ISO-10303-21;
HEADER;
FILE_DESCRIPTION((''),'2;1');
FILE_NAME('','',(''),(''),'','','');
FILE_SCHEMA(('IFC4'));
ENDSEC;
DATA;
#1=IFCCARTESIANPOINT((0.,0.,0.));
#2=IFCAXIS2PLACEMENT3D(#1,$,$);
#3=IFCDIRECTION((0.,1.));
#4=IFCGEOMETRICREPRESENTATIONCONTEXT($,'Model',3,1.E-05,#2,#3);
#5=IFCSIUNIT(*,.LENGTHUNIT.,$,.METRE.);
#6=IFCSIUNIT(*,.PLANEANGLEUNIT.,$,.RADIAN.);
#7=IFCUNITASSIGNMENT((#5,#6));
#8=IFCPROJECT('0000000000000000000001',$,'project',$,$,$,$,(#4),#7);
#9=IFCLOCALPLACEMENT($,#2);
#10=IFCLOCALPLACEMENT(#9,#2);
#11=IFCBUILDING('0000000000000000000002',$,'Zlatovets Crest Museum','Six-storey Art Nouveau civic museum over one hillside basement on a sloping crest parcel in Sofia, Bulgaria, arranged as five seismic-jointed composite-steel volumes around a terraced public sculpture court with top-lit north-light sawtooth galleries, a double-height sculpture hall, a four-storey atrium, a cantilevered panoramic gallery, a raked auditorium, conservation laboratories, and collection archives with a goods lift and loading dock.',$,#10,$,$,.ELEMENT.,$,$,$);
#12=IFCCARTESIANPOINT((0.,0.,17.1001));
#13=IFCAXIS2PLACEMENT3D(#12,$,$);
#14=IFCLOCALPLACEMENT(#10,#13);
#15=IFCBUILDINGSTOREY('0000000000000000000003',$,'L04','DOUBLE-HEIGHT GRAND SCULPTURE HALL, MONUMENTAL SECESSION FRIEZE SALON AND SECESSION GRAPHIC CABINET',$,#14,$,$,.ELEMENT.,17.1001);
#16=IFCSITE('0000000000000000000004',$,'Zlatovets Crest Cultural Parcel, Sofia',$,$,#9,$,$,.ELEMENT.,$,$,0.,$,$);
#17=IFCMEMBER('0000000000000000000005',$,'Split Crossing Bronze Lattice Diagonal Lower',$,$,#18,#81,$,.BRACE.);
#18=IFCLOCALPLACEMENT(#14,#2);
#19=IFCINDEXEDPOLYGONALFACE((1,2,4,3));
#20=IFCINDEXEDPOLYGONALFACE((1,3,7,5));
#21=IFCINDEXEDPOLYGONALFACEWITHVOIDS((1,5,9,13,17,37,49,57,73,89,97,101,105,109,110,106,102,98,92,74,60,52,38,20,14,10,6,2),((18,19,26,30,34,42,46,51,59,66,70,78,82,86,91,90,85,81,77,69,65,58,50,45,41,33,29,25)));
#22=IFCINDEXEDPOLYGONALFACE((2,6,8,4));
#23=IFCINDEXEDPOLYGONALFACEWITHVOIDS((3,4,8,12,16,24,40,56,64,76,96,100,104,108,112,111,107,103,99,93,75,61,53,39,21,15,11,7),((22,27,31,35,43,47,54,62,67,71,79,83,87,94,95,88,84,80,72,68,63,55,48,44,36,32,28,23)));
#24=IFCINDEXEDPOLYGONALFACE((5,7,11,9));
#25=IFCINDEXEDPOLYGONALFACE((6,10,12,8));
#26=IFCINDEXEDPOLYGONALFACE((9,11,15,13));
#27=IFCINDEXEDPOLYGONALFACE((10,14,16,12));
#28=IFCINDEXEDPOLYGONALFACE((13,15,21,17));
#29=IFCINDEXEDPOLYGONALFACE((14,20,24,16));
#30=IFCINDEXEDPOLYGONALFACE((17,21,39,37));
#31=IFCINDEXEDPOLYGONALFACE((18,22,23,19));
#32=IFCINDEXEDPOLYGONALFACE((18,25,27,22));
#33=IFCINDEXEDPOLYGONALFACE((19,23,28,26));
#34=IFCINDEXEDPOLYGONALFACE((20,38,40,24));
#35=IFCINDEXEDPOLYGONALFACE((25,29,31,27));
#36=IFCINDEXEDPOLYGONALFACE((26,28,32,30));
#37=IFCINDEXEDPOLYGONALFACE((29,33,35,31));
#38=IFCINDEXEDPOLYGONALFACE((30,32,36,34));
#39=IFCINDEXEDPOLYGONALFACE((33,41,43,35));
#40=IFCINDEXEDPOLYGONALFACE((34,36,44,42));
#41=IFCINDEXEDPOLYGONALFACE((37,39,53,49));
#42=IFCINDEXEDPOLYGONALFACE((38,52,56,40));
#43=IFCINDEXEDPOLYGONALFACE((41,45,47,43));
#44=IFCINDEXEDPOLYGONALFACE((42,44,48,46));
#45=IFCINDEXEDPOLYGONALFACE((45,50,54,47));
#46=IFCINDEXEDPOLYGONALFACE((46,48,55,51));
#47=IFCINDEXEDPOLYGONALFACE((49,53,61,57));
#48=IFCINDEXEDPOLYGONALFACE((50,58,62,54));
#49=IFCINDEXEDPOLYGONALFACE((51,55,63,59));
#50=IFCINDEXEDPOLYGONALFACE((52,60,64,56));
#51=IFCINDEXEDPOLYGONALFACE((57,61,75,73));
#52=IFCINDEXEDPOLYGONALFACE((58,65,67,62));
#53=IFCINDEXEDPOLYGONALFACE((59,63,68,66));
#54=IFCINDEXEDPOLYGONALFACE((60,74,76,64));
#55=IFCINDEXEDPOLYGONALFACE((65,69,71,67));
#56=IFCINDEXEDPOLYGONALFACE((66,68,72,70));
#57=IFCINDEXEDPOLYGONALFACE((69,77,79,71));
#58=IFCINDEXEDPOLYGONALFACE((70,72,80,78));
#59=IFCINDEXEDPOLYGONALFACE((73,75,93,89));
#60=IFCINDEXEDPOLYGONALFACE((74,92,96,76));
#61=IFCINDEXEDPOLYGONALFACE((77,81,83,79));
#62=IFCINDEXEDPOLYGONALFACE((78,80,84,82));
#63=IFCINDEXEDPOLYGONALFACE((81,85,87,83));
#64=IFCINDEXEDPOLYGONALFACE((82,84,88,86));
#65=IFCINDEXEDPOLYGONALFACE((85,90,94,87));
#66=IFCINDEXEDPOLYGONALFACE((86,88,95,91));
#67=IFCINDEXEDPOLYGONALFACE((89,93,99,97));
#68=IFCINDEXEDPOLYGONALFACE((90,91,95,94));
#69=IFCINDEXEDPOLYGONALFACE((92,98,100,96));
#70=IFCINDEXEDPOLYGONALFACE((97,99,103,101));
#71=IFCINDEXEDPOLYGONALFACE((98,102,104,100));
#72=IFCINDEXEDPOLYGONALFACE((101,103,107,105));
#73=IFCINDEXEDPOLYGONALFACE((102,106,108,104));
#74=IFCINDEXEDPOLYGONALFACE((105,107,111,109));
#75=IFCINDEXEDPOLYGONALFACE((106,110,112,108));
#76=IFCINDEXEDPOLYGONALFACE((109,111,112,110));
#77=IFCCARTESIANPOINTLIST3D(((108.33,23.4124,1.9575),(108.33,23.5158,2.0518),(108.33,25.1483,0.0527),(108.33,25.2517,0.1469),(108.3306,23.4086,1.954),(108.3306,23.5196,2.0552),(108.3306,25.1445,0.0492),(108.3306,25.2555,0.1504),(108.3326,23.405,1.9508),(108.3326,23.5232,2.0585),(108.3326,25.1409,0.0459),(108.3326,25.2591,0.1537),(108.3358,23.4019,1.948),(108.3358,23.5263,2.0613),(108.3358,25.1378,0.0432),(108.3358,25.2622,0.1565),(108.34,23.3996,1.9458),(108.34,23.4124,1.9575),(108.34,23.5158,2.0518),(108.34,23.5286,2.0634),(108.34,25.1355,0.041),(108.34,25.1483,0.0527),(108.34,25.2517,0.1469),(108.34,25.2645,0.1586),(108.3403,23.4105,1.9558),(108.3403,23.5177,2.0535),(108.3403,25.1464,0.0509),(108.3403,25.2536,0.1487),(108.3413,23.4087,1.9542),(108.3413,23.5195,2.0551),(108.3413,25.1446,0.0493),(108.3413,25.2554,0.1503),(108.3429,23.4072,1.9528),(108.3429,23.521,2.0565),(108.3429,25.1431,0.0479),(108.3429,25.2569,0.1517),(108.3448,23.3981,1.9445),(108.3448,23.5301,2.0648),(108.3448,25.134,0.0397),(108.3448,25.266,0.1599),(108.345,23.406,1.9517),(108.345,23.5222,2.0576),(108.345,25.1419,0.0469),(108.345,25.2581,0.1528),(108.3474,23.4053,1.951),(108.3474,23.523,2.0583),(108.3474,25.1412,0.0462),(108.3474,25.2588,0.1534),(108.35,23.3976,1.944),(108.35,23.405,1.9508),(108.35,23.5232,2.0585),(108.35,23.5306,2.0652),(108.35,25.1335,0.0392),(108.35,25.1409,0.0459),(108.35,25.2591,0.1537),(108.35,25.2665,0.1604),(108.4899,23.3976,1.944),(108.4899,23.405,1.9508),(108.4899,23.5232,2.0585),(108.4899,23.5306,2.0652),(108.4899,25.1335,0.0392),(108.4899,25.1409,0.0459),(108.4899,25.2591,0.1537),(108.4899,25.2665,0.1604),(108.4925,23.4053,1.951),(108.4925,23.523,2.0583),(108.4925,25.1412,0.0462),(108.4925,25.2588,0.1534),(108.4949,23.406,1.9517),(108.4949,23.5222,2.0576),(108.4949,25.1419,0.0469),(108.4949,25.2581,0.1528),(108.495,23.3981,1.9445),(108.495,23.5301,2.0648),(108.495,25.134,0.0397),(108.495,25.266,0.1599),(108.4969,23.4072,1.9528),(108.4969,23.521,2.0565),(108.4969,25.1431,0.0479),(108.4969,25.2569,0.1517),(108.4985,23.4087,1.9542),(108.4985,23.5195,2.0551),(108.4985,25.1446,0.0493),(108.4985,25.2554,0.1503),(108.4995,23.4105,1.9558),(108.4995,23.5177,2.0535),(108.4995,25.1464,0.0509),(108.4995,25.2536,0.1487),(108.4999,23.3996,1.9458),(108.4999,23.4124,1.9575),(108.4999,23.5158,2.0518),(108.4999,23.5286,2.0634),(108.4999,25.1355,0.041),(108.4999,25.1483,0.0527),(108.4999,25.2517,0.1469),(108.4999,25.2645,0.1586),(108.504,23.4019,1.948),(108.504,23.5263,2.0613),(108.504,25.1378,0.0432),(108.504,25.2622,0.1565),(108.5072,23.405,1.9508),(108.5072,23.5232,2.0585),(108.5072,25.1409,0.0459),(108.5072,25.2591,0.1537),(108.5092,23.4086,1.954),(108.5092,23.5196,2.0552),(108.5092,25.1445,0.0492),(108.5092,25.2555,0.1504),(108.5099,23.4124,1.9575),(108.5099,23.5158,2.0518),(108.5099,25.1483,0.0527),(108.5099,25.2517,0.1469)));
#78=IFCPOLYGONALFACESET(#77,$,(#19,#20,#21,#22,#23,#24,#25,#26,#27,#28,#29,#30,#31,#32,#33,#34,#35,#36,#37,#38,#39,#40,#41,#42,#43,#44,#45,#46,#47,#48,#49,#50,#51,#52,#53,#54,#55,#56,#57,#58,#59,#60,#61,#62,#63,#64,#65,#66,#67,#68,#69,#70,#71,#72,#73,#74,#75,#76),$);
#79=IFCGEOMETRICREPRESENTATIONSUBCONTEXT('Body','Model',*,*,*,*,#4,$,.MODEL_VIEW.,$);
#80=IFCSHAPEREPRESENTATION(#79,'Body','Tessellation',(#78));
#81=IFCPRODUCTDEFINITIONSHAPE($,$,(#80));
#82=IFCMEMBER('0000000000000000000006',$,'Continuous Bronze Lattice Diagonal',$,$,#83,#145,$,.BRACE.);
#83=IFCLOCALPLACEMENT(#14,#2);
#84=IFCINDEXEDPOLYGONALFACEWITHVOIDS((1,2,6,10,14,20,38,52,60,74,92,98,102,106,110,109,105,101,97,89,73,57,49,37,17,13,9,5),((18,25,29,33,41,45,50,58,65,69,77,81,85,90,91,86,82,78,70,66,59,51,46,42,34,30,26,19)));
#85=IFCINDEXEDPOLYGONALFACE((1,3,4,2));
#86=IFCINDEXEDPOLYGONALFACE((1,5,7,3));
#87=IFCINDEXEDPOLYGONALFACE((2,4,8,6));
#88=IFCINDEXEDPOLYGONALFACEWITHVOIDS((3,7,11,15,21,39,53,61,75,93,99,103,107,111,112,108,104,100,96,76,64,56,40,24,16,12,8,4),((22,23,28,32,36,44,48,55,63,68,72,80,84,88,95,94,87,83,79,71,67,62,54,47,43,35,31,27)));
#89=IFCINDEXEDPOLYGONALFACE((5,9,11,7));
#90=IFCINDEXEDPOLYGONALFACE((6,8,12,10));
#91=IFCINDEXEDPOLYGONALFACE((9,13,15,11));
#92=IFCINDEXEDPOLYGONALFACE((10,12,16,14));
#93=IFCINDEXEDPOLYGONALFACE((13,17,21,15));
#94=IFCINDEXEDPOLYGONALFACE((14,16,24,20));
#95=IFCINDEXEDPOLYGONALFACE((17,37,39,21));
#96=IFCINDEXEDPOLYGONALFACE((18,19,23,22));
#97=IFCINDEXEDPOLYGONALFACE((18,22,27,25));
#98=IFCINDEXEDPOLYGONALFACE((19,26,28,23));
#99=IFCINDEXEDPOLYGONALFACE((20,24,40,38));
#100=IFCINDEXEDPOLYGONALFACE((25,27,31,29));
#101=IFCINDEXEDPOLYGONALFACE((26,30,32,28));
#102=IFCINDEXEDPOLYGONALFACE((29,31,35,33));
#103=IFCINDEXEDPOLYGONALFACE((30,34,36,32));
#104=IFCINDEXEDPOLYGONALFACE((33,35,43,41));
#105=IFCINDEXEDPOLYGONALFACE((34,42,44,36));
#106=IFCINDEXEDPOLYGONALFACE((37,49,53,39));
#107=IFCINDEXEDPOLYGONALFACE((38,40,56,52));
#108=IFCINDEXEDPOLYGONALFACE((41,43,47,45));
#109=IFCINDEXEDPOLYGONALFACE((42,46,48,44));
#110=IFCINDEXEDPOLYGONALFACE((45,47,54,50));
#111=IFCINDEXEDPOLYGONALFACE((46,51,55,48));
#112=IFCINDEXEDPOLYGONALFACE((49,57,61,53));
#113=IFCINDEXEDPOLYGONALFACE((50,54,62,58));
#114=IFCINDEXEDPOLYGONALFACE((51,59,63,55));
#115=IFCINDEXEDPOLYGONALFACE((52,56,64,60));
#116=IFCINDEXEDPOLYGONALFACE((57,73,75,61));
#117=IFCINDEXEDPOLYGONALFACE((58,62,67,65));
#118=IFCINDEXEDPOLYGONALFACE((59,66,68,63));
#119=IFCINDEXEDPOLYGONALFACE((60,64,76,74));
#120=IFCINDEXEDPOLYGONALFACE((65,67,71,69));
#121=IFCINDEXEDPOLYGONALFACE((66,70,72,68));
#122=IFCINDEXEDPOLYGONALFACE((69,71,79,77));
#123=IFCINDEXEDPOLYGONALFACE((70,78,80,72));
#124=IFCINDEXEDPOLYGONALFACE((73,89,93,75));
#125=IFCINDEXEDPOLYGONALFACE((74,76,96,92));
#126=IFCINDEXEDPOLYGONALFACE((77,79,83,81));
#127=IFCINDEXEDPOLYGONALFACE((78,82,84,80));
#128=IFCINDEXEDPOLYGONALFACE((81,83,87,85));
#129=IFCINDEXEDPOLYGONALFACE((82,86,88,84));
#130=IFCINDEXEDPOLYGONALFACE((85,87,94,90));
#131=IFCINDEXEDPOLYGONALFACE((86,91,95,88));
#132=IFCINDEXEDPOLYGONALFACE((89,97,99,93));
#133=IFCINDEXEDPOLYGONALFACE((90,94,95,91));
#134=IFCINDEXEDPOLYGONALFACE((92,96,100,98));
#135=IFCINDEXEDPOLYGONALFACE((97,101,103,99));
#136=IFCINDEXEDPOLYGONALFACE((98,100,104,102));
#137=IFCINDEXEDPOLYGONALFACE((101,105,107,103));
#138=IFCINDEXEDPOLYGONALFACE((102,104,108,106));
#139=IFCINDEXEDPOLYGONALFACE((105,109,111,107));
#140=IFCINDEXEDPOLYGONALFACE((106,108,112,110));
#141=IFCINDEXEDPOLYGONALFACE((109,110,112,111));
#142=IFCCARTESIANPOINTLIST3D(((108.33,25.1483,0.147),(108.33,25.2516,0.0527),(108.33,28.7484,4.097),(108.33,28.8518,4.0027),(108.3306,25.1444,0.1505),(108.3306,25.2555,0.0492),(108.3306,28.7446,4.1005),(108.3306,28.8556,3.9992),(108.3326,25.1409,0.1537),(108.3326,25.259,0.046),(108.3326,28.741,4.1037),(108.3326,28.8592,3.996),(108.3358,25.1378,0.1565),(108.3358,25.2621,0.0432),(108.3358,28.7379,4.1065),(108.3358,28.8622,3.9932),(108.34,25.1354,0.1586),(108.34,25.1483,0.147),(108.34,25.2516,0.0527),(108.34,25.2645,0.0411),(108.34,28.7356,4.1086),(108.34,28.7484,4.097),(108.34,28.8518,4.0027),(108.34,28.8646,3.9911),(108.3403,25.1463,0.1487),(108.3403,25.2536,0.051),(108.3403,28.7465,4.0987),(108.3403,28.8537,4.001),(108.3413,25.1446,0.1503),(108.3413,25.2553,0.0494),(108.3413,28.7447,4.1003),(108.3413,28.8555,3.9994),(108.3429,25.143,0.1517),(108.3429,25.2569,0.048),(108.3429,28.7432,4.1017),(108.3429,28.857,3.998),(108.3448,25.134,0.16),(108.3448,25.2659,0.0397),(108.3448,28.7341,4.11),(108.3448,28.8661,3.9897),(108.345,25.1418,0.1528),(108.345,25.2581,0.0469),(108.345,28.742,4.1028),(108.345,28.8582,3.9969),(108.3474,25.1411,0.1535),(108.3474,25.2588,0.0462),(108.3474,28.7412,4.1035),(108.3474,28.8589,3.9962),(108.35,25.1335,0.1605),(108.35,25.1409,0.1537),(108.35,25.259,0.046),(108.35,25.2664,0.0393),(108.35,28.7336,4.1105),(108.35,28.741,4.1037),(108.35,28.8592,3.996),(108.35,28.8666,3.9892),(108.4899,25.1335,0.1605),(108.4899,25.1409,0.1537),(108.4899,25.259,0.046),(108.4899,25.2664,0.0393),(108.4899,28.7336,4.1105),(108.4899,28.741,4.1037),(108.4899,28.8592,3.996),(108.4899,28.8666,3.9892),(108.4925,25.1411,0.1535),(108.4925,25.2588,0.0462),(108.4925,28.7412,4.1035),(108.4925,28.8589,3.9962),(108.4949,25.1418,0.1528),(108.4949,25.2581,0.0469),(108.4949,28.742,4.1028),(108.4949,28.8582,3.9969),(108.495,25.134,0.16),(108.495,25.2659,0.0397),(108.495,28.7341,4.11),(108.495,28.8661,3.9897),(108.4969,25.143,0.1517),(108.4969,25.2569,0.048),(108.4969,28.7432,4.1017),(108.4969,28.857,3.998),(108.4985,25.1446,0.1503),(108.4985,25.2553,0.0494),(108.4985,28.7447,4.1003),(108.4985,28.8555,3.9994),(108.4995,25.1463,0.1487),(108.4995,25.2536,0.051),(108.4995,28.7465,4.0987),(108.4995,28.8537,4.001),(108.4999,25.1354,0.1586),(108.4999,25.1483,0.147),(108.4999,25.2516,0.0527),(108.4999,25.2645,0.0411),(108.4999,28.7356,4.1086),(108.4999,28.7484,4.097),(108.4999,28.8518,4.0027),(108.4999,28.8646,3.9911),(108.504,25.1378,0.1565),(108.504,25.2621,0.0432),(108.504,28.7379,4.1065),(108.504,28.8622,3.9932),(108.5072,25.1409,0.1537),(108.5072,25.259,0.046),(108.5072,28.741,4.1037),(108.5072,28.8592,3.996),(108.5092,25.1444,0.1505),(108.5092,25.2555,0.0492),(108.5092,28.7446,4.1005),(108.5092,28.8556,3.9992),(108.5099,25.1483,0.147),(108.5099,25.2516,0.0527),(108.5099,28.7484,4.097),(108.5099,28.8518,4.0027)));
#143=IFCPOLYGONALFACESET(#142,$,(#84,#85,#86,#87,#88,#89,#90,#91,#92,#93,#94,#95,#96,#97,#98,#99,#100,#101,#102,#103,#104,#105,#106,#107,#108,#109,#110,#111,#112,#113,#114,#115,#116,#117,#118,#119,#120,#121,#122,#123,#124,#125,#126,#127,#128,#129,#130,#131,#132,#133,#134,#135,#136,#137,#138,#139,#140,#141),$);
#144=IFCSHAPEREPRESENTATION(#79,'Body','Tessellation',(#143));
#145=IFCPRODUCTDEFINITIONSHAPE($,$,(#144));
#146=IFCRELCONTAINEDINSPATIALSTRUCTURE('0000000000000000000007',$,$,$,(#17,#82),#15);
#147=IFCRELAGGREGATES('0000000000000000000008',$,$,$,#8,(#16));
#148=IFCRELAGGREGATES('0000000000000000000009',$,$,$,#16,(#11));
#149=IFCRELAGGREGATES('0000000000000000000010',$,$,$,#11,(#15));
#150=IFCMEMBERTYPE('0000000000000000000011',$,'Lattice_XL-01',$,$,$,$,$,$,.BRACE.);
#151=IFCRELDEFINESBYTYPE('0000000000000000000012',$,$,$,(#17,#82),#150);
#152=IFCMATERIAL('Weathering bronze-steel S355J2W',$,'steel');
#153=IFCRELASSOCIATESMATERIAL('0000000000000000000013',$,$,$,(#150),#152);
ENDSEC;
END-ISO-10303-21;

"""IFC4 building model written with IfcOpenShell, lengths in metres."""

from ifc_helpers import new_model, si_unit, direction, frame, origin, origin_2d, place, context, subcontext, project, spatial, hollow_rectangle, extrude, material, material_profile, profile_set, type_object, element, save


model = new_model("IFC4")

# Units and contexts
model_context = context("Model", 3, precision=1e-05, world=origin(), true_north=direction((0.0, 1.0)))
body_context = subcontext(model_context, "Body", "Model", "MODEL_VIEW")
ifc_project = project(units=[si_unit("LENGTHUNIT", "METRE"), si_unit("PLANEANGLEUNIT", "RADIAN")], contexts=[model_context])

# Site, building, storey
site_placement = place(None, origin())
site = spatial("IfcSite", under=ifc_project, at=site_placement, Name="Zlatovets Crest Cultural Parcel, Sofia", CompositionType="ELEMENT", RefElevation=0.0)
building_placement = place(site_placement, origin())
building = spatial("IfcBuilding", under=site, at=building_placement, Name="Zlatovets Crest Museum", Description="Six-storey Art Nouveau civic museum over one hillside basement on a sloping crest parcel in Sofia, Bulgaria, arranged as five seismic-jointed composite-steel volumes around a terraced public sculpture court with top-lit north-light sawtooth galleries, a double-height sculpture hall, a four-storey atrium, a cantilevered panoramic gallery, a raked auditorium, conservation laboratories, and collection archives with a goods lift and loading dock.", CompositionType="ELEMENT")
storey_placement = place(building_placement, frame((0.0, 0.0, 17.1001)))
storey = spatial("IfcBuildingStorey", under=building, at=storey_placement, Name="L04", Description="DOUBLE-HEIGHT GRAND SCULPTURE HALL, MONUMENTAL SECESSION FRIEZE SALON AND SECESSION GRAPHIC CABINET", CompositionType="ELEMENT", Elevation=17.1001)

# Members
ifc_material_1 = material(Name="Weathering bronze-steel S355J2W", Category="steel")
ifc_material_profile_1 = material_profile(ifc_material_1, hollow_rectangle(XDim=0.1799, YDim=0.1799, WallThickness=0.01, InnerFilletRadius=0.01, OuterFilletRadius=0.02, at=origin_2d()), Name="SHS 180x180x10.0")
ifc_profile_set_1 = profile_set([ifc_material_profile_1], Name="Weathering bronze-steel S355J2W")
member_type_1 = type_object("IfcMemberType", Name="Lattice_XL-01", PredefinedType="BRACE", material=ifc_profile_set_1)
member_1_placement = place(storey_placement, frame((108.4199, 23.4641, 2.0046), z_axis=(0.0, 0.673568, -0.739125), x_axis=(-1.0, 0.0, 0.0)))
element("IfcMember", 1, at=member_1_placement, inside=storey, type_object=member_type_1, Name="Split Crossing Bronze Lattice Diagonal Lower", PredefinedType="BRACE", context=body_context, shape_type="SweptSolid", body=[
    extrude(hollow_rectangle(XDim=0.1799, YDim=0.1799, WallThickness=0.01, InnerFilletRadius=0.01, OuterFilletRadius=0.02, at=origin_2d()), origin(), (0.0, 0.0, 1.0), 2.5771),
])
member_2_placement = place(storey_placement, frame((108.4199, 25.2, 0.0999), z_axis=(0.0, 0.673618, 0.73908), x_axis=(-1.0, 0.0, 0.0)))
element("IfcMember", 2, at=member_2_placement, inside=storey, type_object=member_type_1, Name="Continuous Bronze Lattice Diagonal", PredefinedType="BRACE", context=body_context, shape_type="SweptSolid", body=[
    extrude(hollow_rectangle(XDim=0.1799, YDim=0.1799, WallThickness=0.01, InnerFilletRadius=0.01, OuterFilletRadius=0.02, at=origin_2d()), origin(), (0.0, 0.0, 1.0), 5.3445),
])

save(model, "model.ifc")
